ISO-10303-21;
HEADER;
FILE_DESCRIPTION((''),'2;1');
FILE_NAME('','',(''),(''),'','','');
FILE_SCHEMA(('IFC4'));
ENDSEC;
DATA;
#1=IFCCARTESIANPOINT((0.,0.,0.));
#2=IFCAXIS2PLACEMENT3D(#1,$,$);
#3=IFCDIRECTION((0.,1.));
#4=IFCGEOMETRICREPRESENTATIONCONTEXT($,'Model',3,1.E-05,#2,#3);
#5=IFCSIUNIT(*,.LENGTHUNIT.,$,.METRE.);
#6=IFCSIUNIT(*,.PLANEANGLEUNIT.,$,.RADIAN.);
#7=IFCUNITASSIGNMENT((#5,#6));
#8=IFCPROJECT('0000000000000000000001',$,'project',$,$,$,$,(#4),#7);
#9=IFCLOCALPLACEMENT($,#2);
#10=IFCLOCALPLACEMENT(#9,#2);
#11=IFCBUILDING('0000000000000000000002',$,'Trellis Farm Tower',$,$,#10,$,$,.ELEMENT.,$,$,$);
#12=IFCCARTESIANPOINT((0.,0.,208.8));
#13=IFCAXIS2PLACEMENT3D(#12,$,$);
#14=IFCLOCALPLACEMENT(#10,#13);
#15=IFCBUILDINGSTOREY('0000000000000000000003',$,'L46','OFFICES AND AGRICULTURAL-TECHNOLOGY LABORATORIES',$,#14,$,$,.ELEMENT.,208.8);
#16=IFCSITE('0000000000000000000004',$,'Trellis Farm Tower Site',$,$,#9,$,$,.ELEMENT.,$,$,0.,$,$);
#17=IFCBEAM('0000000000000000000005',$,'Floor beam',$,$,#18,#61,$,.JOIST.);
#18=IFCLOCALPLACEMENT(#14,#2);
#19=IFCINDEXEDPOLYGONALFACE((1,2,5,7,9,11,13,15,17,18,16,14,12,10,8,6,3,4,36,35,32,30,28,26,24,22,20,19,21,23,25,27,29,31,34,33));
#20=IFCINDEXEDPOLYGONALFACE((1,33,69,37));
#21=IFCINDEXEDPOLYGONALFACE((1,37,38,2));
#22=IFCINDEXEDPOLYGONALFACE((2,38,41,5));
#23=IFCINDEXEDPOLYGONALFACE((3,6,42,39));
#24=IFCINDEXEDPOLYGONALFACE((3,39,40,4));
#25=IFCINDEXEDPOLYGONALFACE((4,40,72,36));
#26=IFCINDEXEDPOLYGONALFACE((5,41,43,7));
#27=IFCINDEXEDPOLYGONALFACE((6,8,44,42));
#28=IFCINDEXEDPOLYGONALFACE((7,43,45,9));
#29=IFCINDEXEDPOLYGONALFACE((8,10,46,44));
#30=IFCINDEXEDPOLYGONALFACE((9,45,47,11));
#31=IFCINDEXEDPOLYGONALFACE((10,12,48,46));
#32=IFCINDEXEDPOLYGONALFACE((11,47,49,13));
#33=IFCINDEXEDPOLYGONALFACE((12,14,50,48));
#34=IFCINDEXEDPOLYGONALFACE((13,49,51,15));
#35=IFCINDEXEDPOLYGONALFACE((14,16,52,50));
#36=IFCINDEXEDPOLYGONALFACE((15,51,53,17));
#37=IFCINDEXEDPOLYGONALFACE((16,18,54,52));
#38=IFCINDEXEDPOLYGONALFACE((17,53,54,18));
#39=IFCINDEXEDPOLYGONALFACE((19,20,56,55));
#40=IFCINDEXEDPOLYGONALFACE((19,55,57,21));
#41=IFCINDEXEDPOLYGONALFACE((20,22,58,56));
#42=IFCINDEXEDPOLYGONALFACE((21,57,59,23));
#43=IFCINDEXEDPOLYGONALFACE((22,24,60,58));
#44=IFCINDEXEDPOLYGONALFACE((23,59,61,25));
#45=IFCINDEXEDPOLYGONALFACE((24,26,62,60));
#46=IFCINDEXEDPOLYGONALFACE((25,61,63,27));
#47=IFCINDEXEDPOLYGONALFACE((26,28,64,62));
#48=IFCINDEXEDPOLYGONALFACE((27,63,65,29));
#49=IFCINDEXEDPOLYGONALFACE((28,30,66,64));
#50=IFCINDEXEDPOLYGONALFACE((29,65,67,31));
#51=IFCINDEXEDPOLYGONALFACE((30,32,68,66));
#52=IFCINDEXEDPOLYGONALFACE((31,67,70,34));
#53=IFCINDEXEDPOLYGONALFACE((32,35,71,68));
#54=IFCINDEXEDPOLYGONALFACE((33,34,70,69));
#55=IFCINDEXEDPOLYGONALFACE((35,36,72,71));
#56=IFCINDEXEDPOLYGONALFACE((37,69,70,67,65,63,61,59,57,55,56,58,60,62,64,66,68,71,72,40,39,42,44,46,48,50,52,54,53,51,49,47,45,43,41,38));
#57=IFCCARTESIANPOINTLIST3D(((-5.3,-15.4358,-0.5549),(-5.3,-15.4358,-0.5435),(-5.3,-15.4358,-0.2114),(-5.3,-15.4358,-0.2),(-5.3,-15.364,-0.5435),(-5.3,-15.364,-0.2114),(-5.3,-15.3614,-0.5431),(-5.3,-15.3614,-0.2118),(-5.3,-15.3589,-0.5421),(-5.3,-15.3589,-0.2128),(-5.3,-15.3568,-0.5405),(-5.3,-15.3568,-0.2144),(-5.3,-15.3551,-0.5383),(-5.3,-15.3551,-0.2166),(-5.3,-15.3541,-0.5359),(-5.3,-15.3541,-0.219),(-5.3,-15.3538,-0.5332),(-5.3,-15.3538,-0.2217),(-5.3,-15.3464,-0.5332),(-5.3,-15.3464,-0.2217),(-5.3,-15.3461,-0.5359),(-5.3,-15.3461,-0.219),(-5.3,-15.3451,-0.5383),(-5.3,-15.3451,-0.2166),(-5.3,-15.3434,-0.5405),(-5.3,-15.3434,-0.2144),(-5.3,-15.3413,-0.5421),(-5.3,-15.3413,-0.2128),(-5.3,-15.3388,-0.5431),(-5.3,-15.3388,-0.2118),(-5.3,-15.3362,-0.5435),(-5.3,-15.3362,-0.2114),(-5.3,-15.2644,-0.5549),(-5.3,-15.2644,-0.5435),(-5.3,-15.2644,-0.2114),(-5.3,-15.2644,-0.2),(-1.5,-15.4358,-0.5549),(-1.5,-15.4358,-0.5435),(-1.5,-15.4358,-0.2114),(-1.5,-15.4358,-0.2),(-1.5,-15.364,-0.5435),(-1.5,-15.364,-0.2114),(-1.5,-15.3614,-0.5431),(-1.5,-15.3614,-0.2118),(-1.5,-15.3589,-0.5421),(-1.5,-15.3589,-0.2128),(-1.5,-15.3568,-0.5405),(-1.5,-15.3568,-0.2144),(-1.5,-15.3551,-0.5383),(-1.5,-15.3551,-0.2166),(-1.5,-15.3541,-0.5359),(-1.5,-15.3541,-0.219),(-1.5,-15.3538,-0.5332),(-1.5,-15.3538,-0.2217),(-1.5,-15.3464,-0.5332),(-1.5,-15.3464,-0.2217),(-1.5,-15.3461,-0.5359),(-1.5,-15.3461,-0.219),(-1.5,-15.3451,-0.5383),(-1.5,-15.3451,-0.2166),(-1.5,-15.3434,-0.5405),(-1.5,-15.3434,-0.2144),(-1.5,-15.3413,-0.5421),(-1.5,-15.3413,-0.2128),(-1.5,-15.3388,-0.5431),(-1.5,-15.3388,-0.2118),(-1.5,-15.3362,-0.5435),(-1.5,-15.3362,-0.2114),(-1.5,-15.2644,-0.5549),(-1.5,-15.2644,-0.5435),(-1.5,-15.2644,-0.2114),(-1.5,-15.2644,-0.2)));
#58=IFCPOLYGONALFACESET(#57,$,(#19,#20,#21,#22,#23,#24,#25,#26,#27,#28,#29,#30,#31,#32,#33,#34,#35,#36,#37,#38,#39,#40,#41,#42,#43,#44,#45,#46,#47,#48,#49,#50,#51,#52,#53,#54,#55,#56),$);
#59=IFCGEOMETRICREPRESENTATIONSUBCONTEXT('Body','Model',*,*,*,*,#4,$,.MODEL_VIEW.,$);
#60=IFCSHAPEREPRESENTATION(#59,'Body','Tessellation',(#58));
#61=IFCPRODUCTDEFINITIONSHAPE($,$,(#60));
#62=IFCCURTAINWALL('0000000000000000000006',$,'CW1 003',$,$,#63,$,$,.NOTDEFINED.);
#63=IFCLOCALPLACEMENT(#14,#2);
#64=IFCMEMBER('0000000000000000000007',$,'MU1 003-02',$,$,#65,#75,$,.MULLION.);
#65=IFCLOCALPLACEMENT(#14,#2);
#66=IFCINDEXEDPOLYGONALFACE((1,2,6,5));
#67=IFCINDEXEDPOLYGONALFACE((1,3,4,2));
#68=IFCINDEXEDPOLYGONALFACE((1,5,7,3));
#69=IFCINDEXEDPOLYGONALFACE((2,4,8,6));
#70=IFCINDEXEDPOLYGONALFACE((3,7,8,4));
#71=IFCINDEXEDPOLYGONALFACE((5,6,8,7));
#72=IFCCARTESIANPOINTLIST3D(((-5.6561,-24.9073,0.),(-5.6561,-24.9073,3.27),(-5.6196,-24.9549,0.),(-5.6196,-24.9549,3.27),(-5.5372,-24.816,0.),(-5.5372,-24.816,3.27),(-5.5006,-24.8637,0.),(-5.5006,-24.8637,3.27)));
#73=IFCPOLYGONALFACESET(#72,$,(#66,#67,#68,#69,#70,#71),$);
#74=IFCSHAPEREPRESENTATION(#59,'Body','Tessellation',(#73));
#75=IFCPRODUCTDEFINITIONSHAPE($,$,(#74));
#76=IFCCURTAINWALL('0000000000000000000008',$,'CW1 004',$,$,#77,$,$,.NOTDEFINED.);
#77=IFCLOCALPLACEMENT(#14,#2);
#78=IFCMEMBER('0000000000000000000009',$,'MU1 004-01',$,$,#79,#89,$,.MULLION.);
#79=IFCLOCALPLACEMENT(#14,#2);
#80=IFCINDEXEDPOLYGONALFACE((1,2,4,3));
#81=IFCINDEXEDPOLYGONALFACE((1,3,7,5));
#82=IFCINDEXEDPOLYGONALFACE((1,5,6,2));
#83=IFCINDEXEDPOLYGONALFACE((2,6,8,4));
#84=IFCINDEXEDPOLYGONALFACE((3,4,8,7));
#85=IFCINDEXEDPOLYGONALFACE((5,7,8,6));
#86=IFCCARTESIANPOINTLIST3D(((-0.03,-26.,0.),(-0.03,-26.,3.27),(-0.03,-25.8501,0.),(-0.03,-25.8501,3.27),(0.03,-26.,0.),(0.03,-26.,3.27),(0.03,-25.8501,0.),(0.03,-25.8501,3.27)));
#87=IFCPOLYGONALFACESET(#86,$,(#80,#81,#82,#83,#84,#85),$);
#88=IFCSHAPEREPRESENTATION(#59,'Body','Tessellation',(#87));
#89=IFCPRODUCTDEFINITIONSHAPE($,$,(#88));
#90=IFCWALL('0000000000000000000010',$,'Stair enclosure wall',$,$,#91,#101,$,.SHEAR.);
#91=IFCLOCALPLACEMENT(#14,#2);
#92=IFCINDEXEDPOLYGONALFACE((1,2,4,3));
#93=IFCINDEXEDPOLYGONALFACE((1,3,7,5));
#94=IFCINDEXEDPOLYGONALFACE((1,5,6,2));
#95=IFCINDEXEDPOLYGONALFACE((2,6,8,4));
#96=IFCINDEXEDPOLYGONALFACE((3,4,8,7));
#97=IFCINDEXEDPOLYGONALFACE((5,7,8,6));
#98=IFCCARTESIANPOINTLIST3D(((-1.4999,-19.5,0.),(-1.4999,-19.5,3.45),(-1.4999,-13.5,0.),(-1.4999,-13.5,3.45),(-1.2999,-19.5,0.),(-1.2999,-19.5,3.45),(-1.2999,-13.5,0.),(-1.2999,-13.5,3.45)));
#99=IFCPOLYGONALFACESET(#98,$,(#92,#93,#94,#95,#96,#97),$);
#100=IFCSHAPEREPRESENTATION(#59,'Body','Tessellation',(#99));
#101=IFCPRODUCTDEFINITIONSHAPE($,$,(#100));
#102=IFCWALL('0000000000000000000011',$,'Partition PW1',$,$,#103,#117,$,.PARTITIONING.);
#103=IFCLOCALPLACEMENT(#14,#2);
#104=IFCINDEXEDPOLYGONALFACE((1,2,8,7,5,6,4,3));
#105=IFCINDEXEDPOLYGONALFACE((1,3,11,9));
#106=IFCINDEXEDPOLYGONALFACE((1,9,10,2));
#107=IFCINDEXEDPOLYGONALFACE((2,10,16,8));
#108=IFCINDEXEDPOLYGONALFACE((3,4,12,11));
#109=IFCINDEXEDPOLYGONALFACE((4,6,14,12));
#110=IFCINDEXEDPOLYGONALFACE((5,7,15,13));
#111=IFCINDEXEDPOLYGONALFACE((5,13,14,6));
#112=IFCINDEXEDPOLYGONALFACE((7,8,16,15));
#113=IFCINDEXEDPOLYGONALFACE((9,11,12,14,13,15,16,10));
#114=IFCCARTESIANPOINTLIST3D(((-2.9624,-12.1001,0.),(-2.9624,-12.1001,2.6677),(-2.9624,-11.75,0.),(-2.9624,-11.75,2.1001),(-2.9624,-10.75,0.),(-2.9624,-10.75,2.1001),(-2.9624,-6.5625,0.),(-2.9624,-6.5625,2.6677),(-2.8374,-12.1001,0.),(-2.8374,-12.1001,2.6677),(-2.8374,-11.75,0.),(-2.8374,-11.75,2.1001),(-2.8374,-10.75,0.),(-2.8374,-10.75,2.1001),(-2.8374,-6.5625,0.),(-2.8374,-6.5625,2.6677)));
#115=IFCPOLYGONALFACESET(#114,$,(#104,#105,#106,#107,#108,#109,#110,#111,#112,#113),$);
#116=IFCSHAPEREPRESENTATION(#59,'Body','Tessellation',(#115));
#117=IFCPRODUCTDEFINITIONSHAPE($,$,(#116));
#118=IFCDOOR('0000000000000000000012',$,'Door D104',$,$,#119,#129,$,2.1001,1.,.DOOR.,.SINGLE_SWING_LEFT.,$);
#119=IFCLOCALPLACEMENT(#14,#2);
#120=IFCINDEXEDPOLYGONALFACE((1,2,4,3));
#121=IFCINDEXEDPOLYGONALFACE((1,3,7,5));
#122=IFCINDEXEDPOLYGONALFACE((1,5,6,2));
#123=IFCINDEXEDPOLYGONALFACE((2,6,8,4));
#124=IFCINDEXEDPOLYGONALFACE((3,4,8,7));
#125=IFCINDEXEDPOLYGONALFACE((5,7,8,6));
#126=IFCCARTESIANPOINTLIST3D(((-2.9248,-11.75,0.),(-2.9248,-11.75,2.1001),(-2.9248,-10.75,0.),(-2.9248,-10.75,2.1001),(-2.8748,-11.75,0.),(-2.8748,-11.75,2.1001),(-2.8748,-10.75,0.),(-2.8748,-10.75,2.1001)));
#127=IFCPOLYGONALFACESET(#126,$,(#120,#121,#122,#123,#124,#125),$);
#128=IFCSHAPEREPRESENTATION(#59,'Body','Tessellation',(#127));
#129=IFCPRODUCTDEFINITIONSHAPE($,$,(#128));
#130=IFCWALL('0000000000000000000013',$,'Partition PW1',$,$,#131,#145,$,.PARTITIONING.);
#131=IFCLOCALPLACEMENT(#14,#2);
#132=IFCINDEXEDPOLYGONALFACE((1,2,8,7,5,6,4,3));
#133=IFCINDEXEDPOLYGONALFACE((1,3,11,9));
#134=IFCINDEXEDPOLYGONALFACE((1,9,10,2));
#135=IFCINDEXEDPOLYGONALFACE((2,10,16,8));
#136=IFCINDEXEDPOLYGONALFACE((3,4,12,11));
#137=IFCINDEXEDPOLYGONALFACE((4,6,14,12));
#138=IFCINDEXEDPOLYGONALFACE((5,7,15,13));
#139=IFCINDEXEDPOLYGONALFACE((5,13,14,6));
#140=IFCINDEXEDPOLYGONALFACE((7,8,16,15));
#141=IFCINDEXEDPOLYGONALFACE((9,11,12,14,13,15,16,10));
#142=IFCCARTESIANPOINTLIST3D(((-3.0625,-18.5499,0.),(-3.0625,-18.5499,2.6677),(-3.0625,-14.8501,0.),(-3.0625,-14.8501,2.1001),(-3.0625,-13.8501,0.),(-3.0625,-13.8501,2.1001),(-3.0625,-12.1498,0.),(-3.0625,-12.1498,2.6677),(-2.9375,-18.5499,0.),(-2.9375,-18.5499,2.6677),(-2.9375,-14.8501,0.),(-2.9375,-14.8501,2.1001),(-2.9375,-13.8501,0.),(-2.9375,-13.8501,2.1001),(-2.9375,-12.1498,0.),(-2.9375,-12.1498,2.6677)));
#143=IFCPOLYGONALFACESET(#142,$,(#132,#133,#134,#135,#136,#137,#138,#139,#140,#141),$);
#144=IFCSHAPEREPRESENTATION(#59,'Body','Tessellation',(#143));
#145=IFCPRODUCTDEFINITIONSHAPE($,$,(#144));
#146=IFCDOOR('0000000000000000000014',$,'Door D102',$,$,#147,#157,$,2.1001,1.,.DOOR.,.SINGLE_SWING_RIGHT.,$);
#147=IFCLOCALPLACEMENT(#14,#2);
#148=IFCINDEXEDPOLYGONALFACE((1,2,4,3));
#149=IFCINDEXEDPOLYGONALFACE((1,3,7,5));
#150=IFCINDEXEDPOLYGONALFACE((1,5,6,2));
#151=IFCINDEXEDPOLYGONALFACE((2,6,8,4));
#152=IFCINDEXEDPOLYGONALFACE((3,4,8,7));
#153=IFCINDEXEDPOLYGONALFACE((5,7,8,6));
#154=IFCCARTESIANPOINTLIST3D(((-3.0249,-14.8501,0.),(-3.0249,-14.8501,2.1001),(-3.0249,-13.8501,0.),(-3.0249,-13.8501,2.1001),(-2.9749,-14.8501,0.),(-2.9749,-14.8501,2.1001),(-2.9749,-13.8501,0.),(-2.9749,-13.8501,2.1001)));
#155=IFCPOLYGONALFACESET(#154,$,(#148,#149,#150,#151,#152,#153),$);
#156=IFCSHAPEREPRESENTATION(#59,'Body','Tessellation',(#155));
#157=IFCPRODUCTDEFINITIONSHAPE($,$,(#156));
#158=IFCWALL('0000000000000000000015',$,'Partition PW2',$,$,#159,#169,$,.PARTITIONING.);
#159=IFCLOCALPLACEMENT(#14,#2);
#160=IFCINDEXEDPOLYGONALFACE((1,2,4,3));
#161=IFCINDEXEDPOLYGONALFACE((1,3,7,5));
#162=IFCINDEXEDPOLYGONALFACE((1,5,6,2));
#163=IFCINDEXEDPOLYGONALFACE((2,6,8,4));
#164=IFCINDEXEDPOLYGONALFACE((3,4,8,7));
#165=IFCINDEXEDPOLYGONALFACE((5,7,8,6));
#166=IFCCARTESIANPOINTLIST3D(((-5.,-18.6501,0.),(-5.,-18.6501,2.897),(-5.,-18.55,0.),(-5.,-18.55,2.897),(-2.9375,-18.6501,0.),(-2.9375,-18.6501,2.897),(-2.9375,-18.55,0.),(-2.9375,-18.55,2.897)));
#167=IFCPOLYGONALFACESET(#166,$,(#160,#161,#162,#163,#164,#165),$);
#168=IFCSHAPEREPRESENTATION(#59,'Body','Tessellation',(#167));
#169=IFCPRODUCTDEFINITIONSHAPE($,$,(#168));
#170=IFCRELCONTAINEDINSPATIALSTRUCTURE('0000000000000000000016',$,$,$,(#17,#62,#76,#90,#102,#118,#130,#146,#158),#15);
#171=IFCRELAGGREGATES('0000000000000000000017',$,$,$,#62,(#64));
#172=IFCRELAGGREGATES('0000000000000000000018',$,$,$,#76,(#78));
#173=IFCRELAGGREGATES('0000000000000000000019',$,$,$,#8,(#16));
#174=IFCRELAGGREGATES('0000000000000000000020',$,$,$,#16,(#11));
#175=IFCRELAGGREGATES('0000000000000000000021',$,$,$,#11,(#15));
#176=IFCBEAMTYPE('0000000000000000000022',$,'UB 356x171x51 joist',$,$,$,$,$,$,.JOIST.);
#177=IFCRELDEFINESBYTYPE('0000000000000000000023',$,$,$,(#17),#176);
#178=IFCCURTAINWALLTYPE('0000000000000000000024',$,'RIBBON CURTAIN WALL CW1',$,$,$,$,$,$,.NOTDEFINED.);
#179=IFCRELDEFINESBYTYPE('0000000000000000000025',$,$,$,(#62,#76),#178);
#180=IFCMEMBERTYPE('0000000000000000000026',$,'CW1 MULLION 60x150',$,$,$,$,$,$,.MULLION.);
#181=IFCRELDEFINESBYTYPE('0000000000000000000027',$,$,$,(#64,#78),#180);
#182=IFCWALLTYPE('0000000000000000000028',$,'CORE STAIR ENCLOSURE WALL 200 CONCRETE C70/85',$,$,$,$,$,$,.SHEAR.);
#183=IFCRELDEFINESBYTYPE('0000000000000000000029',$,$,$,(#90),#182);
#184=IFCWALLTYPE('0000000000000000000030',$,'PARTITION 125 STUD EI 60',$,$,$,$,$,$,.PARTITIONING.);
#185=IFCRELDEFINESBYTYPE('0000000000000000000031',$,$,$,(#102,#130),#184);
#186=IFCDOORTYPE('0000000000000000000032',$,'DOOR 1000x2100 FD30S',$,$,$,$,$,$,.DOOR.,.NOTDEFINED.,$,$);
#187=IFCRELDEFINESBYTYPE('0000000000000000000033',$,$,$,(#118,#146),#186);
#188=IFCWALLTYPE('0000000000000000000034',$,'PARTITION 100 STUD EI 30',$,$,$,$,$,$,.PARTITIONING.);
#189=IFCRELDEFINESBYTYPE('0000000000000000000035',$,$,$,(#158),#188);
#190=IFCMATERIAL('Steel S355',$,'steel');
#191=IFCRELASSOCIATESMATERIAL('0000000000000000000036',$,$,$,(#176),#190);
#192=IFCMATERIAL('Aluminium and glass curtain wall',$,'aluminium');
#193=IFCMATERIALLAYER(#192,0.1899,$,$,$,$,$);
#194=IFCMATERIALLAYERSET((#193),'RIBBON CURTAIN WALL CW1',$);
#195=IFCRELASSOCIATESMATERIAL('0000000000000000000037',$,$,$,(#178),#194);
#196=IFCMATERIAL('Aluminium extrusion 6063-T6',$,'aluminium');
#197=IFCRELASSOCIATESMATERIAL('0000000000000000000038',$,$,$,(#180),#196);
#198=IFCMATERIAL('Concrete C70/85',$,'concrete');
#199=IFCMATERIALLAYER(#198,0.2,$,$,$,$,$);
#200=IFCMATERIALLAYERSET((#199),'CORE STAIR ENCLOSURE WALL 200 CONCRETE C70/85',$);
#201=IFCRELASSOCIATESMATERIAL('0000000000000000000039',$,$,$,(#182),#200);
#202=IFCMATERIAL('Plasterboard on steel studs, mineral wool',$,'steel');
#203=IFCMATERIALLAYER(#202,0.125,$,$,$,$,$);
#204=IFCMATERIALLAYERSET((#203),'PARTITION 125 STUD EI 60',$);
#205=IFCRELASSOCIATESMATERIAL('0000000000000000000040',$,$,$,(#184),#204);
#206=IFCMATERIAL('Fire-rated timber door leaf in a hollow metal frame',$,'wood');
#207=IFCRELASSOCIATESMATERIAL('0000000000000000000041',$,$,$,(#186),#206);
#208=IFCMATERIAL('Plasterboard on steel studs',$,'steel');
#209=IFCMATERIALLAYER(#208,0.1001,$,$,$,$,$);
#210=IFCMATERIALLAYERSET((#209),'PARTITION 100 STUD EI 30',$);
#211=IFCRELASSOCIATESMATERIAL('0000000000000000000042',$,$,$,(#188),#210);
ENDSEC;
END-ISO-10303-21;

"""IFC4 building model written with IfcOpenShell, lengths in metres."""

from ifc_helpers import new_model, si_unit, direction, frame, frame_2d, origin, origin_2d, place, context, subcontext, project, spatial, rectangle, i_section, extrude, source, transform, mapped, material, layer, layer_set, material_profile, profile_set, type_object, element, fill, aggregate, save


model = new_model("IFC4")

# Units and contexts
model_context = context("Model", 3, precision=1e-05, world=origin(), true_north=direction((0.0, 1.0)))
body_context = subcontext(model_context, "Body", "Model", "MODEL_VIEW")
ifc_project = project(units=[si_unit("LENGTHUNIT", "METRE"), si_unit("PLANEANGLEUNIT", "RADIAN")], contexts=[model_context])

# Site, building, storey
site_placement = place(None, origin())
site = spatial("IfcSite", under=ifc_project, at=site_placement, Name="Trellis Farm Tower Site", CompositionType="ELEMENT", RefElevation=0.0)
building_placement = place(site_placement, origin())
building = spatial("IfcBuilding", under=site, at=building_placement, Name="Trellis Farm Tower", CompositionType="ELEMENT")
storey_placement = place(building_placement, frame((0.0, 0.0, 208.8)))
storey = spatial("IfcBuildingStorey", under=building, at=storey_placement, Name="L46", Description="OFFICES AND AGRICULTURAL-TECHNOLOGY LABORATORIES", CompositionType="ELEMENT", Elevation=208.8)

# Shared definitions
ifc_material_1 = material(Name="Concrete C70/85", Category="concrete")

# Beam
ifc_material_2 = material(Name="Steel S355", Category="steel")
ifc_material_profile_1 = material_profile(ifc_material_2, i_section(OverallWidth=0.1714, OverallDepth=0.355, WebThickness=0.0073, FlangeThickness=0.0115, FilletRadius=0.0103, at=origin_2d()), Name="UB 356x171x51")
ifc_profile_set_1 = profile_set([ifc_material_profile_1], Name="Steel S355")
beam_type_1 = type_object("IfcBeamType", Name="UB 356x171x51 joist", PredefinedType="JOIST", material=ifc_profile_set_1)
shared_shape_1 = source(origin(), body_context, "Body", "SweptSolid", [
    extrude(i_section(OverallWidth=0.1714, OverallDepth=0.355, WebThickness=0.0073, FlangeThickness=0.0115, FilletRadius=0.0103, at=origin_2d()), origin(), (0.0, 0.0, 1.0), 3.8),
])
beam_1_placement = place(storey_placement, frame((-5.3, -15.3501, -0.3774), z_axis=(1.0, 0.0, 0.0), x_axis=(0.0, 1.0, 0.0)))
element("IfcBeam", 1, at=beam_1_placement, inside=storey, type_object=beam_type_1, Name="Floor beam", PredefinedType="JOIST", context=body_context, shape_type="MappedRepresentation", body=[
    mapped(shared_shape_1, transform((0.0, 0.0, 0.0))),
])

# Curtain walls, members
ifc_material_3 = material(Name="Aluminium and glass curtain wall", Category="aluminium")
ifc_layer_1 = layer(ifc_material_3, 0.1899)
ifc_layer_set_1 = layer_set([ifc_layer_1], Name="RIBBON CURTAIN WALL CW1")
curtain_wall_type = type_object("IfcCurtainWallType", Name="RIBBON CURTAIN WALL CW1", PredefinedType="NOTDEFINED", material=ifc_layer_set_1)
placement = place(storey_placement, origin())
curtain_wall_1 = element("IfcCurtainWall", 2, at=placement, inside=storey, type_object=curtain_wall_type, Name="CW1 003", PredefinedType="NOTDEFINED")
ifc_material_4 = material(Name="Aluminium extrusion 6063-T6", Category="aluminium")
ifc_material_profile_2 = material_profile(ifc_material_4, rectangle(XDim=0.0601, YDim=0.1499, at=origin_2d()), Name="MULLION 60x150")
ifc_profile_set_2 = profile_set([ifc_material_profile_2], Name="Aluminium extrusion 6063-T6")
member_type = type_object("IfcMemberType", Name="CW1 MULLION 60x150", PredefinedType="MULLION", material=ifc_profile_set_2)
shared_shape_2 = source(origin(), body_context, "Body", "SweptSolid", [
    extrude(rectangle(XDim=0.0601, YDim=0.1499, at=origin_2d()), origin(), (0.0, 0.0, 1.0), 3.27),
])
member_1_placement = place(storey_placement, frame((-5.5784, -24.8855, 0.0), z_axis=(0.0, 0.0, 1.0), x_axis=(0.608761, -0.793353, 0.0)))
member_1 = element("IfcMember", 3, at=member_1_placement, type_object=member_type, Name="MU1 003-02", PredefinedType="MULLION", context=body_context, shape_type="MappedRepresentation", body=[
    mapped(shared_shape_2, transform((0.0, 0.0, 0.0))),
])
aggregate(curtain_wall_1, [member_1])
curtain_wall_2 = element("IfcCurtainWall", 4, at=placement, inside=storey, type_object=curtain_wall_type, Name="CW1 004", PredefinedType="NOTDEFINED")
member_2_placement = place(storey_placement, frame((0.0, -25.925, 0.0), z_axis=(0.0, 0.0, 1.0), x_axis=(1.0, 0.0, 0.0)))
member_2 = element("IfcMember", 5, at=member_2_placement, type_object=member_type, Name="MU1 004-01", PredefinedType="MULLION", context=body_context, shape_type="MappedRepresentation", body=[
    mapped(shared_shape_2, transform((0.0, 0.0, 0.0))),
])
aggregate(curtain_wall_2, [member_2])

# Wall
ifc_layer_2 = layer(ifc_material_1, 0.2)
ifc_layer_set_2 = layer_set([ifc_layer_2], Name="CORE STAIR ENCLOSURE WALL 200 CONCRETE C70/85")
wall_type_1 = type_object("IfcWallType", Name="CORE STAIR ENCLOSURE WALL 200 CONCRETE C70/85", PredefinedType="SHEAR", material=ifc_layer_set_2)
shared_shape_3 = source(origin(), body_context, "Body", "SweptSolid", [
    extrude(rectangle(XDim=6.0, YDim=0.2, at=frame_2d((3.0, 0.0))), origin(), (0.0, 0.0, 1.0), 3.45),
])
wall_1_placement = place(storey_placement, frame((-1.3999, -13.5, 0.0), z_axis=(0.0, 0.0, 1.0), x_axis=(0.0, -1.0, 0.0)))
element("IfcWall", 6, at=wall_1_placement, inside=storey, type_object=wall_type_1, Name="Stair enclosure wall", PredefinedType="SHEAR", context=body_context, shape_type="MappedRepresentation", body=[
    mapped(shared_shape_3, transform((0.0, 0.0, 0.0))),
])

# Walls, openings, doors
ifc_material_5 = material(Name="Plasterboard on steel studs, mineral wool", Category="steel")
ifc_layer_3 = layer(ifc_material_5, 0.125)
ifc_layer_set_3 = layer_set([ifc_layer_3], Name="PARTITION 125 STUD EI 60")
wall_type_2 = type_object("IfcWallType", Name="PARTITION 125 STUD EI 60", PredefinedType="PARTITIONING", material=ifc_layer_set_3)
shared_shape_4 = source(origin(), body_context, "Body", "SweptSolid", [
    extrude(rectangle(XDim=5.5376, YDim=0.125, at=frame_2d((2.7688, 0.0))), origin(), (0.0, 0.0, 1.0), 2.6677),
])
wall_2_placement = place(storey_placement, frame((-2.8999, -12.1001, 0.0), z_axis=(0.0, 0.0, 1.0), x_axis=(0.0, 1.0, 0.0)))
wall_2 = element("IfcWall", 7, at=wall_2_placement, inside=storey, type_object=wall_type_2, Name="Partition PW1", PredefinedType="PARTITIONING", context=body_context, shape_type="MappedRepresentation", body=[
    mapped(shared_shape_4, transform((0.0, 0.0, 0.0))),
])
shared_shape_5 = source(origin(), body_context, "Body", "SweptSolid", [
    extrude(rectangle(XDim=1.0, YDim=2.1001, at=frame_2d((0.5, 1.05))), frame((0.0, 0.0725, 0.0), z_axis=(0.0, -1.0, 0.0), x_axis=(1.0, 0.0, 0.0)), (0.0, 0.0, 1.0), 0.145),
])
opening_1_placement = place(wall_2_placement, frame((0.3501, 0.0, 0.0)))
opening_1 = element("IfcOpeningElement", 8, at=opening_1_placement, cuts=wall_2, PredefinedType="OPENING", context=body_context, shape_type="MappedRepresentation", body=[
    mapped(shared_shape_5, transform((0.0, 0.0, 0.0))),
])
ifc_material_6 = material(Name="Fire-rated timber door leaf in a hollow metal frame", Category="wood")
door_type = type_object("IfcDoorType", Name="DOOR 1000x2100 FD30S", OperationType="NOTDEFINED", PredefinedType="DOOR", material=ifc_material_6)
shared_shape_6 = source(origin(), body_context, "Body", "SweptSolid", [
    extrude(rectangle(XDim=1.0, YDim=2.1001, at=frame_2d((0.5, 1.05))), frame((0.0, 0.0249, 0.0), z_axis=(0.0, -1.0, 0.0), x_axis=(1.0, 0.0, 0.0)), (0.0, 0.0, 1.0), 0.05),
])
door_1_placement = place(opening_1_placement, origin())
door_1 = element("IfcDoor", 9, at=door_1_placement, inside=storey, type_object=door_type, Name="Door D104", OperationType="SINGLE_SWING_LEFT", OverallHeight=2.1001, OverallWidth=1.0, PredefinedType="DOOR", context=body_context, shape_type="MappedRepresentation", body=[
    mapped(shared_shape_6, transform((0.0, 0.0, 0.0))),
])
fill(opening_1, door_1)
shared_shape_7 = source(origin(), body_context, "Body", "SweptSolid", [
    extrude(rectangle(XDim=6.4001, YDim=0.125, at=frame_2d((3.2002, 0.0))), origin(), (0.0, 0.0, 1.0), 2.6677),
])
wall_3_placement = place(storey_placement, frame((-3.0, -18.55, 0.0), z_axis=(0.0, 0.0, 1.0), x_axis=(0.0, 1.0, 0.0)))
wall_3 = element("IfcWall", 10, at=wall_3_placement, inside=storey, type_object=wall_type_2, Name="Partition PW1", PredefinedType="PARTITIONING", context=body_context, shape_type="MappedRepresentation", body=[
    mapped(shared_shape_7, transform((0.0, 0.0, 0.0))),
])
opening_2_placement = place(wall_3_placement, frame((3.7, 0.0, 0.0)))
opening_2 = element("IfcOpeningElement", 11, at=opening_2_placement, cuts=wall_3, PredefinedType="OPENING", context=body_context, shape_type="MappedRepresentation", body=[
    mapped(shared_shape_5, transform((0.0, 0.0, 0.0))),
])
door_2_placement = place(opening_2_placement, origin())
door_2 = element("IfcDoor", 12, at=door_2_placement, inside=storey, type_object=door_type, Name="Door D102", OperationType="SINGLE_SWING_RIGHT", OverallHeight=2.1001, OverallWidth=1.0, PredefinedType="DOOR", context=body_context, shape_type="MappedRepresentation", body=[
    mapped(shared_shape_6, transform((0.0, 0.0, 0.0))),
])
fill(opening_2, door_2)

# Wall
ifc_material_7 = material(Name="Plasterboard on steel studs", Category="steel")
ifc_layer_4 = layer(ifc_material_7, 0.1001)
ifc_layer_set_4 = layer_set([ifc_layer_4], Name="PARTITION 100 STUD EI 30")
wall_type_3 = type_object("IfcWallType", Name="PARTITION 100 STUD EI 30", PredefinedType="PARTITIONING", material=ifc_layer_set_4)
shared_shape_8 = source(origin(), body_context, "Body", "SweptSolid", [
    extrude(rectangle(XDim=2.0625, YDim=0.1001, at=frame_2d((1.0312, 0.0))), origin(), (0.0, 0.0, 1.0), 2.897),
])
wall_4_placement = place(storey_placement, frame((-5.0, -18.6001, 0.0), z_axis=(0.0, 0.0, 1.0), x_axis=(1.0, 0.0, 0.0)))
element("IfcWall", 13, at=wall_4_placement, inside=storey, type_object=wall_type_3, Name="Partition PW2", PredefinedType="PARTITIONING", context=body_context, shape_type="MappedRepresentation", body=[
    mapped(shared_shape_8, transform((0.0, 0.0, 0.0))),
])

save(model, "model.ifc")
